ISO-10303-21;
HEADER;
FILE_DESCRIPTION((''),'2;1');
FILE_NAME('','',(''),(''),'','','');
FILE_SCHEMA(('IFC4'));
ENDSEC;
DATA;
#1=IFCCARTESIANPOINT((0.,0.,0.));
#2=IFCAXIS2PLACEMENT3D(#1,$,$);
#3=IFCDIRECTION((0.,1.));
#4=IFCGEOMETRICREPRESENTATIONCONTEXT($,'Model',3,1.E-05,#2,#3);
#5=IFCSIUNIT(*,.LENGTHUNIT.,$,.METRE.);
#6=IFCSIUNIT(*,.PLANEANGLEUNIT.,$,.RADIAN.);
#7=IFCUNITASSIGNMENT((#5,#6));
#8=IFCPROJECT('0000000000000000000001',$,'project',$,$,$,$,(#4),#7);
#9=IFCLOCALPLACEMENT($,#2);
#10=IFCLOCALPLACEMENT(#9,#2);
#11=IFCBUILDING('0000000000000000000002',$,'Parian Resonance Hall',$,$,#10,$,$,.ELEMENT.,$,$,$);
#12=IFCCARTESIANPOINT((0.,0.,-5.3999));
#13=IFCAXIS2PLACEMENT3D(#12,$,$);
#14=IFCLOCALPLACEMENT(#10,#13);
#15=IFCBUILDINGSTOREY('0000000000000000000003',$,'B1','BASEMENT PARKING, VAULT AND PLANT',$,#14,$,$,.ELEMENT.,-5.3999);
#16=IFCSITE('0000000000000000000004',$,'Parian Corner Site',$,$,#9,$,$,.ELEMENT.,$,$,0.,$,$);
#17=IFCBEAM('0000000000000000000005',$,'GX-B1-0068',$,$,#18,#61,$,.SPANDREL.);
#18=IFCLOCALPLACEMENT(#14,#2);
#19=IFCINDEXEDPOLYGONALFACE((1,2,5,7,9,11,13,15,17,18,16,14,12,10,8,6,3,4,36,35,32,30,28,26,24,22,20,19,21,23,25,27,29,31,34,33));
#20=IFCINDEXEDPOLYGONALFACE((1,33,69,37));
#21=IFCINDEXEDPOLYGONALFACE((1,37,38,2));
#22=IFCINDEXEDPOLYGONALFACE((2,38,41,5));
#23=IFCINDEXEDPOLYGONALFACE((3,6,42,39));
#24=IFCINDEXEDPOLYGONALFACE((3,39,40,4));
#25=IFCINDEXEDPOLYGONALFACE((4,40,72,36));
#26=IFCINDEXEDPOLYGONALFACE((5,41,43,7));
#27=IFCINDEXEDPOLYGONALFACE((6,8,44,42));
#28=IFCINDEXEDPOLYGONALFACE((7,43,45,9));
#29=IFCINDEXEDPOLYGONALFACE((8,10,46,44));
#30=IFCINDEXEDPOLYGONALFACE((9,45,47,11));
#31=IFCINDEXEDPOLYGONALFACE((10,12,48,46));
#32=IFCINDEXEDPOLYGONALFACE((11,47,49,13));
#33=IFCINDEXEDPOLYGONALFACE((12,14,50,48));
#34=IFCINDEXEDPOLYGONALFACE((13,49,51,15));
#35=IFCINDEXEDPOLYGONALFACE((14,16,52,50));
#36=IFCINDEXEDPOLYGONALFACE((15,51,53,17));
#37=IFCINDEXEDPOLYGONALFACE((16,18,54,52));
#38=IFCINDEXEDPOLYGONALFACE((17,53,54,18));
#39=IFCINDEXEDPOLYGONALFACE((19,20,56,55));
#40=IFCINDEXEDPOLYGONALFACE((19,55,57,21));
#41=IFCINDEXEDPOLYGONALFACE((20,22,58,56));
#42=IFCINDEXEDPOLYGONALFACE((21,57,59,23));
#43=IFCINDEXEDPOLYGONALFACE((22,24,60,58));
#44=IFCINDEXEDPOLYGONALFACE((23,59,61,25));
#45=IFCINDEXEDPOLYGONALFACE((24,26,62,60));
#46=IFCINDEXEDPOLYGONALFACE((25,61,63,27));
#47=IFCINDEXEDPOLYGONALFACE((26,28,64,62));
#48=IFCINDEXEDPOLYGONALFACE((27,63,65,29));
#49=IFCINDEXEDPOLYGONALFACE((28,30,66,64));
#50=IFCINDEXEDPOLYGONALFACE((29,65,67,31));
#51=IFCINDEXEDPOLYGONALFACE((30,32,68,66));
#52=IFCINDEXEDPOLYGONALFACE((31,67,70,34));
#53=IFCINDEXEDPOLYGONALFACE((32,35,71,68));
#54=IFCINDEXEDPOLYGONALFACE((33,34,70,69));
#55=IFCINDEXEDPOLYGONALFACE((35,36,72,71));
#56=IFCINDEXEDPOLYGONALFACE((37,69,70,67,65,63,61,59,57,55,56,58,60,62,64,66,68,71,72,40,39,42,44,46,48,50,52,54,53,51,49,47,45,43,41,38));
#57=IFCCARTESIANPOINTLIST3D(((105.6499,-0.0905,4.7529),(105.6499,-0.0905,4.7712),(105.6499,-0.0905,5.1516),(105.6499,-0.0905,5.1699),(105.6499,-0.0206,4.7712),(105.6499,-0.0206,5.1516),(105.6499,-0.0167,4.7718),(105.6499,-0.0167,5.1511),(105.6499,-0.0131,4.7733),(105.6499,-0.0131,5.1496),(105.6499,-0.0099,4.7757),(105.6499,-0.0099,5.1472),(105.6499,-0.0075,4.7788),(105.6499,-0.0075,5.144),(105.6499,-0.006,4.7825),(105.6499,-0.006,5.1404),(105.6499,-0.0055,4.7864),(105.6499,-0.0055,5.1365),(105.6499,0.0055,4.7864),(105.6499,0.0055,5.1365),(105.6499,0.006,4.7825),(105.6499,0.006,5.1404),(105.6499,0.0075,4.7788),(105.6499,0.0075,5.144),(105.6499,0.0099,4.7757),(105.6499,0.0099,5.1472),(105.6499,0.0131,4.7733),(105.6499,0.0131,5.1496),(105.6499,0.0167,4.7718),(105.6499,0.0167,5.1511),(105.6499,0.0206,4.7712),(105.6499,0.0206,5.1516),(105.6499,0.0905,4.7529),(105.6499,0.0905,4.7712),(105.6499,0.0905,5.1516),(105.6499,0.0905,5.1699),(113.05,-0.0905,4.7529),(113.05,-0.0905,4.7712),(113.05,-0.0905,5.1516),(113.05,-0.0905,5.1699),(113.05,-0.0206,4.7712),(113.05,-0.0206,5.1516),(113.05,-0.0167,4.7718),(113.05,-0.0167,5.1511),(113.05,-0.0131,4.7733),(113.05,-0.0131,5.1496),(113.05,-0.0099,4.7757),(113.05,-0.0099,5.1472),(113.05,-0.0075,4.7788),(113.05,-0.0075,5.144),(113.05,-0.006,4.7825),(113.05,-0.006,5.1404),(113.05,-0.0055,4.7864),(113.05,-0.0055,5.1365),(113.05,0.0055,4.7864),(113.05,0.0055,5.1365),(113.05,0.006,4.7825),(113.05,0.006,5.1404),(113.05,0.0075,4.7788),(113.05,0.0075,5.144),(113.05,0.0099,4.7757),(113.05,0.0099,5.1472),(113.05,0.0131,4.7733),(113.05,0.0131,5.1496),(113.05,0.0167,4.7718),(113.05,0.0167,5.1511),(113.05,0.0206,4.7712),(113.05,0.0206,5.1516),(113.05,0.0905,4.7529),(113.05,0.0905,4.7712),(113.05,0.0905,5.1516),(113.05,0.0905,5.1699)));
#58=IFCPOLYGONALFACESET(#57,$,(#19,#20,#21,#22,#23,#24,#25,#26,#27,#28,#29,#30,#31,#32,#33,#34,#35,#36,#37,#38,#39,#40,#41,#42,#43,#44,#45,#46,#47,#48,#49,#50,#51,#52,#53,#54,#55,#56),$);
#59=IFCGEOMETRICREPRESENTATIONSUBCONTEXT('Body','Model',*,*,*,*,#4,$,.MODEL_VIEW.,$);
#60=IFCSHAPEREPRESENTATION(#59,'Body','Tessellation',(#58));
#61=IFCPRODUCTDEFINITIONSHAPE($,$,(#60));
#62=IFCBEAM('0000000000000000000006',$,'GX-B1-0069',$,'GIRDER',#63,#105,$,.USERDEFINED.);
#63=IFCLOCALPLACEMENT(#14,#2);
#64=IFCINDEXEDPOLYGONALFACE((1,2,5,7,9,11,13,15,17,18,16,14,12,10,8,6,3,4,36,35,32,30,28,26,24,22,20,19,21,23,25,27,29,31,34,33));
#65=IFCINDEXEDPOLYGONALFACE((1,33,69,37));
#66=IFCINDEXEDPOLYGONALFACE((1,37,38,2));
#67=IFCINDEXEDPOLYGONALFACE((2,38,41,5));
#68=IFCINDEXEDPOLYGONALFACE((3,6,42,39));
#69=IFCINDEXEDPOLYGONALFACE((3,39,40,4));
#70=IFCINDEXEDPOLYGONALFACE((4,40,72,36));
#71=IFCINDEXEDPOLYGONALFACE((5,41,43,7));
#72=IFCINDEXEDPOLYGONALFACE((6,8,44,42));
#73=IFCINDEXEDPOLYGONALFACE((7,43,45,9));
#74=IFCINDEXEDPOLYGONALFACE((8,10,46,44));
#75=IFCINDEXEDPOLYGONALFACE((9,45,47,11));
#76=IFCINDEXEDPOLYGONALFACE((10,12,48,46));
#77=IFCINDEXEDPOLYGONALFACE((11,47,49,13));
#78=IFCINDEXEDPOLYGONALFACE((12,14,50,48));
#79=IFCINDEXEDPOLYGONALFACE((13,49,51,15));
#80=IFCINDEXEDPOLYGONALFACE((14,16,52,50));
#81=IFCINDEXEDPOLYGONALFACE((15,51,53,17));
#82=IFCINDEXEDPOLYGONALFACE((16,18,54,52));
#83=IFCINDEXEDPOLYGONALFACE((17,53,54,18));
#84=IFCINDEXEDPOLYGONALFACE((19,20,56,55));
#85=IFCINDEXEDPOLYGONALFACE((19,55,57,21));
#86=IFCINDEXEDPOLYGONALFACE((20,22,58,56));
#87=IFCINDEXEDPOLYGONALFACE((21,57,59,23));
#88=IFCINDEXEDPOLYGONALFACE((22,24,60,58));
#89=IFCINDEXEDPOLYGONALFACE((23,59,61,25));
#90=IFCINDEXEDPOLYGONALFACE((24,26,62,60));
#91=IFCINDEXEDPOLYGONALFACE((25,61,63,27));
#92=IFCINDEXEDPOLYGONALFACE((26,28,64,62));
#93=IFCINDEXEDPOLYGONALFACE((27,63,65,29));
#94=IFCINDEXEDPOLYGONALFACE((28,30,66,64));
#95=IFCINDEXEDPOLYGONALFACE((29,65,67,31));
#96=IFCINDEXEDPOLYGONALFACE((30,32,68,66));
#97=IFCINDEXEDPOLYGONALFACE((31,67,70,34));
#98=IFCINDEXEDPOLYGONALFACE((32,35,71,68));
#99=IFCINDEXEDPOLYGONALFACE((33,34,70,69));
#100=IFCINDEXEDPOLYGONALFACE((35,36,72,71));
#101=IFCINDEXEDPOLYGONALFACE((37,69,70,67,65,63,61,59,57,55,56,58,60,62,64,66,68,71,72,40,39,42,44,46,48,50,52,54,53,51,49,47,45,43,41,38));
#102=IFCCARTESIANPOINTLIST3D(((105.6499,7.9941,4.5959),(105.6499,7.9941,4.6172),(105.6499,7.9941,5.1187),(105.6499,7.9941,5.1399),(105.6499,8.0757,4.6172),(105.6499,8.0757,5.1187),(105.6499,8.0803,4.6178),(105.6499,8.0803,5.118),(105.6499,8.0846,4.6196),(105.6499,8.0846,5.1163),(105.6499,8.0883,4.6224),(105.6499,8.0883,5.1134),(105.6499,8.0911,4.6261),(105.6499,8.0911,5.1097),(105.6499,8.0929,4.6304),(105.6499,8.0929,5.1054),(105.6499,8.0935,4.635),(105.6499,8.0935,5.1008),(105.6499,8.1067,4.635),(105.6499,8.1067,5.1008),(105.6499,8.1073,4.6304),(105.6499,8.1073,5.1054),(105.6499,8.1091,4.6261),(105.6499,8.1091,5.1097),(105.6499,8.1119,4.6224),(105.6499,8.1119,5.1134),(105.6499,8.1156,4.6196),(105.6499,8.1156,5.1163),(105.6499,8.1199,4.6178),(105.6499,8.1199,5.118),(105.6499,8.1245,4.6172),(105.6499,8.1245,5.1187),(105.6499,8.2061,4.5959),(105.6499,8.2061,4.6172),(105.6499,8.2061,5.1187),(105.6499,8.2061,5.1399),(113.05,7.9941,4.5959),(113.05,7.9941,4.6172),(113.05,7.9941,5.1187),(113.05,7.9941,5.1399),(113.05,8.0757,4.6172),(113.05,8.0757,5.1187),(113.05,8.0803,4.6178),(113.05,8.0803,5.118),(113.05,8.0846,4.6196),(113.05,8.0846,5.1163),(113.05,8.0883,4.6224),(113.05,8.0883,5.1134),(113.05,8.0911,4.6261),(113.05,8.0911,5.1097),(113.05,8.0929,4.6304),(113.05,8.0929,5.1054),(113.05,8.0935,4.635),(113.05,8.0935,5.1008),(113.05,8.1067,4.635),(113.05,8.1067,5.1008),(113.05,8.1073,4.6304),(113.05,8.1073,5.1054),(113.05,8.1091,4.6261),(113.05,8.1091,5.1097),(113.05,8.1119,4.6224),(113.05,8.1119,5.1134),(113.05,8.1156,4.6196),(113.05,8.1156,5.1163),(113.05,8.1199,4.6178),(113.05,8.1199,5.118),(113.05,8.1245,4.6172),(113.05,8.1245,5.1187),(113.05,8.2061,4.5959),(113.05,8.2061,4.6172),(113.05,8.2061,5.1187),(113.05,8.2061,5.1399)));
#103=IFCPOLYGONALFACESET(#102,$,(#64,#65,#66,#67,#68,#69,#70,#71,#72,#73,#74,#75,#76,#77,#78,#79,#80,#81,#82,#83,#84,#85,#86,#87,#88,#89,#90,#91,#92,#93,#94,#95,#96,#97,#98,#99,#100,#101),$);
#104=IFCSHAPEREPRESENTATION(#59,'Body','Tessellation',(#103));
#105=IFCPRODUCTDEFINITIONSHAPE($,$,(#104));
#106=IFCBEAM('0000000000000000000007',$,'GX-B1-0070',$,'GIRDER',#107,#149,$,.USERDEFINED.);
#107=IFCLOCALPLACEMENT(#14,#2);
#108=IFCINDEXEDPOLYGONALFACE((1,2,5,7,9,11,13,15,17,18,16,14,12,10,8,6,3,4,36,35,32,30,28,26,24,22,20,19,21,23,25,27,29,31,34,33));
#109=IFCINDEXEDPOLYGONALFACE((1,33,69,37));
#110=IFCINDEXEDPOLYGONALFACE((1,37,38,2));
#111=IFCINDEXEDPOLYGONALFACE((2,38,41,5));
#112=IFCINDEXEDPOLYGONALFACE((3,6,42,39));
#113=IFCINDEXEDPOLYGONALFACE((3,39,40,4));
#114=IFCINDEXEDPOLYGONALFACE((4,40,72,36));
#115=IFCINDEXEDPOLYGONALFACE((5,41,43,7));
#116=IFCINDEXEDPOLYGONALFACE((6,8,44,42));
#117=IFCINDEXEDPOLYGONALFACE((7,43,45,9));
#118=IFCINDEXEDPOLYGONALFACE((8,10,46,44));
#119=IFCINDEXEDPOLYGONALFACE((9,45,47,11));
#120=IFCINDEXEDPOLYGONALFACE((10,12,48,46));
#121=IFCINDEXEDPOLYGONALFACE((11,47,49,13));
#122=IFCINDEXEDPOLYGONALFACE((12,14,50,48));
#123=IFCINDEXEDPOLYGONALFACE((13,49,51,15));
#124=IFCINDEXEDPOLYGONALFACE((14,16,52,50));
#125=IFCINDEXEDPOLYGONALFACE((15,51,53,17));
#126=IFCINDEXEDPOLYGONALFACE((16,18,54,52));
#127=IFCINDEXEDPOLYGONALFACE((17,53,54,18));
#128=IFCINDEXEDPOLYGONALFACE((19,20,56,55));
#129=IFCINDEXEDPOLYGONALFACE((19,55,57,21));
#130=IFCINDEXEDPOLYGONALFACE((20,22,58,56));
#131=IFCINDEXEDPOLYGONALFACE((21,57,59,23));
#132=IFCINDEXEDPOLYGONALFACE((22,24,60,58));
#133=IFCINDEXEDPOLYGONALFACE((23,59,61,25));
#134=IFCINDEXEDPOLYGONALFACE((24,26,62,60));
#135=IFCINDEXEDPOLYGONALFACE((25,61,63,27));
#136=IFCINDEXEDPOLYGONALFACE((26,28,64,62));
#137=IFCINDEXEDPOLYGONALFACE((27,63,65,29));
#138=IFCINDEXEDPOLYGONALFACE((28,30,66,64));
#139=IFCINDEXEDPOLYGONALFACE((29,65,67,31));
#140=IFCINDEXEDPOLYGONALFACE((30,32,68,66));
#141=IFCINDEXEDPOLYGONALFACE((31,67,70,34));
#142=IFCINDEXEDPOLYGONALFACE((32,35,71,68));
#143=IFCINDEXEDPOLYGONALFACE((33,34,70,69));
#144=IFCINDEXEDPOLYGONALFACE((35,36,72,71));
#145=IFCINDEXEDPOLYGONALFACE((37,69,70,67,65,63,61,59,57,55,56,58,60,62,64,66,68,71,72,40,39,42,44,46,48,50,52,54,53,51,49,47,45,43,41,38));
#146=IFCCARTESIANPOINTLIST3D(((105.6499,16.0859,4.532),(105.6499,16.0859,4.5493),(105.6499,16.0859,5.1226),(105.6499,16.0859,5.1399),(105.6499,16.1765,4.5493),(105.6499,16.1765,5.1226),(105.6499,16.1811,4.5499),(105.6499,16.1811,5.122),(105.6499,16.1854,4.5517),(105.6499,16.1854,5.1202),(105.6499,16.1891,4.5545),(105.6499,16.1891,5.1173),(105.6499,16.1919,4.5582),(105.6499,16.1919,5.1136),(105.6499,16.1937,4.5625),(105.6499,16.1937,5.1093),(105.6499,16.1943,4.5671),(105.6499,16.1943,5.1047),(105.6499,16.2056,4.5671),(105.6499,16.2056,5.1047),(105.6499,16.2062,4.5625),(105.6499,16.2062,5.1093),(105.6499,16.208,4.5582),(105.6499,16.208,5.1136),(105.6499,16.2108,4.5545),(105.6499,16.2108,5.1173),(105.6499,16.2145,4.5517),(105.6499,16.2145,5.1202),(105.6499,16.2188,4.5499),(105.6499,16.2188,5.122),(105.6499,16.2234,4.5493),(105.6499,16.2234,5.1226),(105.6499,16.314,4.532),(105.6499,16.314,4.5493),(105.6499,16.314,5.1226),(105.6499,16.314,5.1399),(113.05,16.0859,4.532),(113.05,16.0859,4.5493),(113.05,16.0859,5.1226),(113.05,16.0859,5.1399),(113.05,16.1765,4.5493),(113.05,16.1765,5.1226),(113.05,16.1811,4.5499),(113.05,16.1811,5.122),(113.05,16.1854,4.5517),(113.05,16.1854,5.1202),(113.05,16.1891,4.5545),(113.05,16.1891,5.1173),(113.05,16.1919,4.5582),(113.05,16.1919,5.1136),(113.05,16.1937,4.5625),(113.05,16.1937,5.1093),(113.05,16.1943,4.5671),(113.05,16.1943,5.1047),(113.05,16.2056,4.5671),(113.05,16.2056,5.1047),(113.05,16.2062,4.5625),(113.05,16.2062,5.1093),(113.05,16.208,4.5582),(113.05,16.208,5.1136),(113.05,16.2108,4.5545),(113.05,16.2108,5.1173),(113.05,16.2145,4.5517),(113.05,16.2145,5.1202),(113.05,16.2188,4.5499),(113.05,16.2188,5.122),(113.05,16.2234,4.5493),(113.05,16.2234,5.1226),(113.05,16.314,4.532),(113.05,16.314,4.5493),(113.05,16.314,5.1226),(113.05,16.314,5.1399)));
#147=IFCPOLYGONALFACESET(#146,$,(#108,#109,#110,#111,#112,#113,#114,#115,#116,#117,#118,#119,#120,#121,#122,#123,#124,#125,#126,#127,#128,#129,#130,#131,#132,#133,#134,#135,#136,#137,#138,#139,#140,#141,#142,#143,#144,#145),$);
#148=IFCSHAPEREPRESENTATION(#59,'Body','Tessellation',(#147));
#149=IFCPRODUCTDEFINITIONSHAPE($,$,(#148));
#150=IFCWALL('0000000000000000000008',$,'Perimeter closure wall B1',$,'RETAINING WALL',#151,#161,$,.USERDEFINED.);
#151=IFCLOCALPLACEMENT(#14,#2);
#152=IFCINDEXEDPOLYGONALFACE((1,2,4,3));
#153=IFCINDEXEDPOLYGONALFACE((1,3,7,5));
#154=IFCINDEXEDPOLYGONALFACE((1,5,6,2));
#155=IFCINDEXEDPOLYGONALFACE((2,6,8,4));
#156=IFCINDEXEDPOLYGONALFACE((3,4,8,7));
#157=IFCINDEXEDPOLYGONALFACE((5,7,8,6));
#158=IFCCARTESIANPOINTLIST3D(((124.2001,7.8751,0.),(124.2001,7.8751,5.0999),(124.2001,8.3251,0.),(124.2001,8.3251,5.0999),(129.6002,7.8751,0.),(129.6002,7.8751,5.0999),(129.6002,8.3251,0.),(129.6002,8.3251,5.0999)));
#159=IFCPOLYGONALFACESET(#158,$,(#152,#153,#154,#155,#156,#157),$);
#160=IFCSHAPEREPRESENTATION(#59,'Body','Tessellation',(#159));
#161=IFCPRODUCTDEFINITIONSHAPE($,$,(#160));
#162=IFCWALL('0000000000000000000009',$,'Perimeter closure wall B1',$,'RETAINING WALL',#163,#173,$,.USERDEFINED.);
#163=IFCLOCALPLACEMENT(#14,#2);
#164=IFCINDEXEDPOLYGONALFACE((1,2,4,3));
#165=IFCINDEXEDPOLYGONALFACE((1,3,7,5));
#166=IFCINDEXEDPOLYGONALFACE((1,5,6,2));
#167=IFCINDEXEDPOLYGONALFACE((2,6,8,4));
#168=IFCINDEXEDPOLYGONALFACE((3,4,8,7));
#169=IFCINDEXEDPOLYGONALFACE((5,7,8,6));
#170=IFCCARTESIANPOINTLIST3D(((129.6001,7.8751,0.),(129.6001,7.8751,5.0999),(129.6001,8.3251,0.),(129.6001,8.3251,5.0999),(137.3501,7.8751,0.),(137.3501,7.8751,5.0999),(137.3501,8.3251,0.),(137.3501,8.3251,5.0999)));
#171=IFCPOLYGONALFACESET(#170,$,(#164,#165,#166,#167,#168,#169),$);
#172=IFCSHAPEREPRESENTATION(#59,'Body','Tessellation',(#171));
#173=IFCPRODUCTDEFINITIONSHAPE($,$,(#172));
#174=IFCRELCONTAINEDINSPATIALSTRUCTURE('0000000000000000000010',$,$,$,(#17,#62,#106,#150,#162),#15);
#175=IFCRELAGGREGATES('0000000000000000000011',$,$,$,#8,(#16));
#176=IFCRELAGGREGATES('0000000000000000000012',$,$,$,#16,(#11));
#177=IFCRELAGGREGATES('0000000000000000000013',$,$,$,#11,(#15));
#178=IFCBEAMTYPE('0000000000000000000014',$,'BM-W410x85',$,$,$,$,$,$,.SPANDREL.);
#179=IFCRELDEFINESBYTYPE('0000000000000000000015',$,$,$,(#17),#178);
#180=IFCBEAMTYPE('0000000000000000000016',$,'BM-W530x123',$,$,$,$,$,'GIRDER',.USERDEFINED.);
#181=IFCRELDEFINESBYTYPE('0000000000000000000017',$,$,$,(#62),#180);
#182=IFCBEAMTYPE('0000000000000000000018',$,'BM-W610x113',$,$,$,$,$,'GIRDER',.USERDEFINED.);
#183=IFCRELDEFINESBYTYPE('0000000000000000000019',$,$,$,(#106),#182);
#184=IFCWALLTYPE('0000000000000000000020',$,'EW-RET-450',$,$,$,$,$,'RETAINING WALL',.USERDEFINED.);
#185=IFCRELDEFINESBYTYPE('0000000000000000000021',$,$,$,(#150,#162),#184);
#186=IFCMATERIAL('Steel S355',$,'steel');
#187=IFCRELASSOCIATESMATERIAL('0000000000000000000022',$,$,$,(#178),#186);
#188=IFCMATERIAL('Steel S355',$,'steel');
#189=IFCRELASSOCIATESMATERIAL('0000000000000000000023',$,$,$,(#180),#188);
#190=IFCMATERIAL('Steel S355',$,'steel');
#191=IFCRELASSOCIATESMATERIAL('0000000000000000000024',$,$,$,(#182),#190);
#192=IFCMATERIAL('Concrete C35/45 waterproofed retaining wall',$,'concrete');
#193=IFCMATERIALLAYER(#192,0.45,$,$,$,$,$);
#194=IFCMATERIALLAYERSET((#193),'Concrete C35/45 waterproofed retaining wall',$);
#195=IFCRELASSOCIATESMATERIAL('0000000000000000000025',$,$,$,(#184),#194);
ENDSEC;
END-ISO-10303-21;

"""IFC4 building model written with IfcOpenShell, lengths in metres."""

from ifc_helpers import new_model, si_unit, direction, frame, frame_2d, origin, origin_2d, place, context, subcontext, project, spatial, rectangle, i_section, extrude, material, layer, layer_set, material_profile, profile_set, type_object, element, save


model = new_model("IFC4")

# Units and contexts
model_context = context("Model", 3, precision=1e-05, world=origin(), true_north=direction((0.0, 1.0)))
body_context = subcontext(model_context, "Body", "Model", "MODEL_VIEW")
ifc_project = project(units=[si_unit("LENGTHUNIT", "METRE"), si_unit("PLANEANGLEUNIT", "RADIAN")], contexts=[model_context])

# Site, building, storey
site_placement = place(None, origin())
site = spatial("IfcSite", under=ifc_project, at=site_placement, Name="Parian Corner Site", CompositionType="ELEMENT", RefElevation=0.0)
building_placement = place(site_placement, origin())
building = spatial("IfcBuilding", under=site, at=building_placement, Name="Parian Resonance Hall", CompositionType="ELEMENT")
storey_placement = place(building_placement, frame((0.0, 0.0, -5.3999)))
storey = spatial("IfcBuildingStorey", under=building, at=storey_placement, Name="B1", Description="BASEMENT PARKING, VAULT AND PLANT", CompositionType="ELEMENT", Elevation=-5.3999)

# Beams
ifc_material_1 = material(Name="Steel S355", Category="steel")
ifc_material_profile_1 = material_profile(ifc_material_1, i_section(OverallWidth=0.1809, OverallDepth=0.417, WebThickness=0.011, FlangeThickness=0.0183, FilletRadius=0.0151, at=origin_2d()), Name="W410x85")
ifc_profile_set_1 = profile_set([ifc_material_profile_1], Name="Steel S355")
beam_type_1 = type_object("IfcBeamType", Name="BM-W410x85", PredefinedType="SPANDREL", material=ifc_profile_set_1)
beam_1_placement = place(storey_placement, frame((105.6499, 0.0, 4.9614), z_axis=(1.0, 0.0, 0.0), x_axis=(0.0, 1.0, 0.0)))
element("IfcBeam", 1, at=beam_1_placement, inside=storey, type_object=beam_type_1, Name="GX-B1-0068", PredefinedType="SPANDREL", context=body_context, shape_type="SweptSolid", body=[
    extrude(i_section(OverallWidth=0.1809, OverallDepth=0.417, WebThickness=0.011, FlangeThickness=0.0183, FilletRadius=0.0151, at=origin_2d()), origin(), (0.0, 0.0, 1.0), 7.4001),
])
ifc_material_2 = material(Name="Steel S355", Category="steel")
ifc_material_profile_2 = material_profile(ifc_material_2, i_section(OverallWidth=0.2119, OverallDepth=0.5439, WebThickness=0.0132, FlangeThickness=0.0212, FilletRadius=0.0178, at=origin_2d()), Name="W530x123")
ifc_profile_set_2 = profile_set([ifc_material_profile_2], Name="Steel S355")
beam_type_2 = type_object("IfcBeamType", Name="BM-W530x123", ElementType="GIRDER", PredefinedType="USERDEFINED", material=ifc_profile_set_2)
beam_2_placement = place(storey_placement, frame((105.6499, 8.1001, 4.8679), z_axis=(1.0, 0.0, 0.0), x_axis=(0.0, 1.0, 0.0)))
element("IfcBeam", 2, at=beam_2_placement, inside=storey, type_object=beam_type_2, Name="GX-B1-0069", ObjectType="GIRDER", PredefinedType="USERDEFINED", context=body_context, shape_type="SweptSolid", body=[
    extrude(i_section(OverallWidth=0.2119, OverallDepth=0.5439, WebThickness=0.0132, FlangeThickness=0.0212, FilletRadius=0.0178, at=origin_2d()), origin(), (0.0, 0.0, 1.0), 7.4001),
])
ifc_material_3 = material(Name="Steel S355", Category="steel")
ifc_material_profile_3 = material_profile(ifc_material_3, i_section(OverallWidth=0.228, OverallDepth=0.6079, WebThickness=0.0112, FlangeThickness=0.0173, FilletRadius=0.0178, at=origin_2d()), Name="W610x113")
ifc_profile_set_3 = profile_set([ifc_material_profile_3], Name="Steel S355")
beam_type_3 = type_object("IfcBeamType", Name="BM-W610x113", ElementType="GIRDER", PredefinedType="USERDEFINED", material=ifc_profile_set_3)
beam_3_placement = place(storey_placement, frame((105.6499, 16.2, 4.8359), z_axis=(1.0, 0.0, 0.0), x_axis=(0.0, 1.0, 0.0)))
element("IfcBeam", 3, at=beam_3_placement, inside=storey, type_object=beam_type_3, Name="GX-B1-0070", ObjectType="GIRDER", PredefinedType="USERDEFINED", context=body_context, shape_type="SweptSolid", body=[
    extrude(i_section(OverallWidth=0.228, OverallDepth=0.6079, WebThickness=0.0112, FlangeThickness=0.0173, FilletRadius=0.0178, at=origin_2d()), origin(), (0.0, 0.0, 1.0), 7.4001),
])

# Walls
ifc_material_4 = material(Name="Concrete C35/45 waterproofed retaining wall", Category="concrete")
ifc_layer = layer(ifc_material_4, 0.45)
ifc_layer_set = layer_set([ifc_layer], Name="Concrete C35/45 waterproofed retaining wall")
wall_type = type_object("IfcWallType", Name="EW-RET-450", ElementType="RETAINING WALL", PredefinedType="USERDEFINED", material=ifc_layer_set)
wall_1_placement = place(storey_placement, frame((124.2, 8.1001, 0.0), z_axis=(0.0, 0.0, 1.0), x_axis=(1.0, 0.0, 0.0)))
element("IfcWall", 4, at=wall_1_placement, inside=storey, type_object=wall_type, Name="Perimeter closure wall B1", ObjectType="RETAINING WALL", PredefinedType="USERDEFINED", context=body_context, shape_type="SweptSolid", body=[
    extrude(rectangle(XDim=5.4001, YDim=0.45, at=frame_2d((2.7002, 0.0))), origin(), (0.0, 0.0, 1.0), 5.0999),
])
wall_2_placement = place(storey_placement, frame((129.6001, 8.1001, 0.0), z_axis=(0.0, 0.0, 1.0), x_axis=(1.0, 0.0, 0.0)))
element("IfcWall", 5, at=wall_2_placement, inside=storey, type_object=wall_type, Name="Perimeter closure wall B1", ObjectType="RETAINING WALL", PredefinedType="USERDEFINED", context=body_context, shape_type="SweptSolid", body=[
    extrude(rectangle(XDim=7.75, YDim=0.45, at=frame_2d((3.875, 0.0))), origin(), (0.0, 0.0, 1.0), 5.0999),
])

save(model, "model.ifc")
